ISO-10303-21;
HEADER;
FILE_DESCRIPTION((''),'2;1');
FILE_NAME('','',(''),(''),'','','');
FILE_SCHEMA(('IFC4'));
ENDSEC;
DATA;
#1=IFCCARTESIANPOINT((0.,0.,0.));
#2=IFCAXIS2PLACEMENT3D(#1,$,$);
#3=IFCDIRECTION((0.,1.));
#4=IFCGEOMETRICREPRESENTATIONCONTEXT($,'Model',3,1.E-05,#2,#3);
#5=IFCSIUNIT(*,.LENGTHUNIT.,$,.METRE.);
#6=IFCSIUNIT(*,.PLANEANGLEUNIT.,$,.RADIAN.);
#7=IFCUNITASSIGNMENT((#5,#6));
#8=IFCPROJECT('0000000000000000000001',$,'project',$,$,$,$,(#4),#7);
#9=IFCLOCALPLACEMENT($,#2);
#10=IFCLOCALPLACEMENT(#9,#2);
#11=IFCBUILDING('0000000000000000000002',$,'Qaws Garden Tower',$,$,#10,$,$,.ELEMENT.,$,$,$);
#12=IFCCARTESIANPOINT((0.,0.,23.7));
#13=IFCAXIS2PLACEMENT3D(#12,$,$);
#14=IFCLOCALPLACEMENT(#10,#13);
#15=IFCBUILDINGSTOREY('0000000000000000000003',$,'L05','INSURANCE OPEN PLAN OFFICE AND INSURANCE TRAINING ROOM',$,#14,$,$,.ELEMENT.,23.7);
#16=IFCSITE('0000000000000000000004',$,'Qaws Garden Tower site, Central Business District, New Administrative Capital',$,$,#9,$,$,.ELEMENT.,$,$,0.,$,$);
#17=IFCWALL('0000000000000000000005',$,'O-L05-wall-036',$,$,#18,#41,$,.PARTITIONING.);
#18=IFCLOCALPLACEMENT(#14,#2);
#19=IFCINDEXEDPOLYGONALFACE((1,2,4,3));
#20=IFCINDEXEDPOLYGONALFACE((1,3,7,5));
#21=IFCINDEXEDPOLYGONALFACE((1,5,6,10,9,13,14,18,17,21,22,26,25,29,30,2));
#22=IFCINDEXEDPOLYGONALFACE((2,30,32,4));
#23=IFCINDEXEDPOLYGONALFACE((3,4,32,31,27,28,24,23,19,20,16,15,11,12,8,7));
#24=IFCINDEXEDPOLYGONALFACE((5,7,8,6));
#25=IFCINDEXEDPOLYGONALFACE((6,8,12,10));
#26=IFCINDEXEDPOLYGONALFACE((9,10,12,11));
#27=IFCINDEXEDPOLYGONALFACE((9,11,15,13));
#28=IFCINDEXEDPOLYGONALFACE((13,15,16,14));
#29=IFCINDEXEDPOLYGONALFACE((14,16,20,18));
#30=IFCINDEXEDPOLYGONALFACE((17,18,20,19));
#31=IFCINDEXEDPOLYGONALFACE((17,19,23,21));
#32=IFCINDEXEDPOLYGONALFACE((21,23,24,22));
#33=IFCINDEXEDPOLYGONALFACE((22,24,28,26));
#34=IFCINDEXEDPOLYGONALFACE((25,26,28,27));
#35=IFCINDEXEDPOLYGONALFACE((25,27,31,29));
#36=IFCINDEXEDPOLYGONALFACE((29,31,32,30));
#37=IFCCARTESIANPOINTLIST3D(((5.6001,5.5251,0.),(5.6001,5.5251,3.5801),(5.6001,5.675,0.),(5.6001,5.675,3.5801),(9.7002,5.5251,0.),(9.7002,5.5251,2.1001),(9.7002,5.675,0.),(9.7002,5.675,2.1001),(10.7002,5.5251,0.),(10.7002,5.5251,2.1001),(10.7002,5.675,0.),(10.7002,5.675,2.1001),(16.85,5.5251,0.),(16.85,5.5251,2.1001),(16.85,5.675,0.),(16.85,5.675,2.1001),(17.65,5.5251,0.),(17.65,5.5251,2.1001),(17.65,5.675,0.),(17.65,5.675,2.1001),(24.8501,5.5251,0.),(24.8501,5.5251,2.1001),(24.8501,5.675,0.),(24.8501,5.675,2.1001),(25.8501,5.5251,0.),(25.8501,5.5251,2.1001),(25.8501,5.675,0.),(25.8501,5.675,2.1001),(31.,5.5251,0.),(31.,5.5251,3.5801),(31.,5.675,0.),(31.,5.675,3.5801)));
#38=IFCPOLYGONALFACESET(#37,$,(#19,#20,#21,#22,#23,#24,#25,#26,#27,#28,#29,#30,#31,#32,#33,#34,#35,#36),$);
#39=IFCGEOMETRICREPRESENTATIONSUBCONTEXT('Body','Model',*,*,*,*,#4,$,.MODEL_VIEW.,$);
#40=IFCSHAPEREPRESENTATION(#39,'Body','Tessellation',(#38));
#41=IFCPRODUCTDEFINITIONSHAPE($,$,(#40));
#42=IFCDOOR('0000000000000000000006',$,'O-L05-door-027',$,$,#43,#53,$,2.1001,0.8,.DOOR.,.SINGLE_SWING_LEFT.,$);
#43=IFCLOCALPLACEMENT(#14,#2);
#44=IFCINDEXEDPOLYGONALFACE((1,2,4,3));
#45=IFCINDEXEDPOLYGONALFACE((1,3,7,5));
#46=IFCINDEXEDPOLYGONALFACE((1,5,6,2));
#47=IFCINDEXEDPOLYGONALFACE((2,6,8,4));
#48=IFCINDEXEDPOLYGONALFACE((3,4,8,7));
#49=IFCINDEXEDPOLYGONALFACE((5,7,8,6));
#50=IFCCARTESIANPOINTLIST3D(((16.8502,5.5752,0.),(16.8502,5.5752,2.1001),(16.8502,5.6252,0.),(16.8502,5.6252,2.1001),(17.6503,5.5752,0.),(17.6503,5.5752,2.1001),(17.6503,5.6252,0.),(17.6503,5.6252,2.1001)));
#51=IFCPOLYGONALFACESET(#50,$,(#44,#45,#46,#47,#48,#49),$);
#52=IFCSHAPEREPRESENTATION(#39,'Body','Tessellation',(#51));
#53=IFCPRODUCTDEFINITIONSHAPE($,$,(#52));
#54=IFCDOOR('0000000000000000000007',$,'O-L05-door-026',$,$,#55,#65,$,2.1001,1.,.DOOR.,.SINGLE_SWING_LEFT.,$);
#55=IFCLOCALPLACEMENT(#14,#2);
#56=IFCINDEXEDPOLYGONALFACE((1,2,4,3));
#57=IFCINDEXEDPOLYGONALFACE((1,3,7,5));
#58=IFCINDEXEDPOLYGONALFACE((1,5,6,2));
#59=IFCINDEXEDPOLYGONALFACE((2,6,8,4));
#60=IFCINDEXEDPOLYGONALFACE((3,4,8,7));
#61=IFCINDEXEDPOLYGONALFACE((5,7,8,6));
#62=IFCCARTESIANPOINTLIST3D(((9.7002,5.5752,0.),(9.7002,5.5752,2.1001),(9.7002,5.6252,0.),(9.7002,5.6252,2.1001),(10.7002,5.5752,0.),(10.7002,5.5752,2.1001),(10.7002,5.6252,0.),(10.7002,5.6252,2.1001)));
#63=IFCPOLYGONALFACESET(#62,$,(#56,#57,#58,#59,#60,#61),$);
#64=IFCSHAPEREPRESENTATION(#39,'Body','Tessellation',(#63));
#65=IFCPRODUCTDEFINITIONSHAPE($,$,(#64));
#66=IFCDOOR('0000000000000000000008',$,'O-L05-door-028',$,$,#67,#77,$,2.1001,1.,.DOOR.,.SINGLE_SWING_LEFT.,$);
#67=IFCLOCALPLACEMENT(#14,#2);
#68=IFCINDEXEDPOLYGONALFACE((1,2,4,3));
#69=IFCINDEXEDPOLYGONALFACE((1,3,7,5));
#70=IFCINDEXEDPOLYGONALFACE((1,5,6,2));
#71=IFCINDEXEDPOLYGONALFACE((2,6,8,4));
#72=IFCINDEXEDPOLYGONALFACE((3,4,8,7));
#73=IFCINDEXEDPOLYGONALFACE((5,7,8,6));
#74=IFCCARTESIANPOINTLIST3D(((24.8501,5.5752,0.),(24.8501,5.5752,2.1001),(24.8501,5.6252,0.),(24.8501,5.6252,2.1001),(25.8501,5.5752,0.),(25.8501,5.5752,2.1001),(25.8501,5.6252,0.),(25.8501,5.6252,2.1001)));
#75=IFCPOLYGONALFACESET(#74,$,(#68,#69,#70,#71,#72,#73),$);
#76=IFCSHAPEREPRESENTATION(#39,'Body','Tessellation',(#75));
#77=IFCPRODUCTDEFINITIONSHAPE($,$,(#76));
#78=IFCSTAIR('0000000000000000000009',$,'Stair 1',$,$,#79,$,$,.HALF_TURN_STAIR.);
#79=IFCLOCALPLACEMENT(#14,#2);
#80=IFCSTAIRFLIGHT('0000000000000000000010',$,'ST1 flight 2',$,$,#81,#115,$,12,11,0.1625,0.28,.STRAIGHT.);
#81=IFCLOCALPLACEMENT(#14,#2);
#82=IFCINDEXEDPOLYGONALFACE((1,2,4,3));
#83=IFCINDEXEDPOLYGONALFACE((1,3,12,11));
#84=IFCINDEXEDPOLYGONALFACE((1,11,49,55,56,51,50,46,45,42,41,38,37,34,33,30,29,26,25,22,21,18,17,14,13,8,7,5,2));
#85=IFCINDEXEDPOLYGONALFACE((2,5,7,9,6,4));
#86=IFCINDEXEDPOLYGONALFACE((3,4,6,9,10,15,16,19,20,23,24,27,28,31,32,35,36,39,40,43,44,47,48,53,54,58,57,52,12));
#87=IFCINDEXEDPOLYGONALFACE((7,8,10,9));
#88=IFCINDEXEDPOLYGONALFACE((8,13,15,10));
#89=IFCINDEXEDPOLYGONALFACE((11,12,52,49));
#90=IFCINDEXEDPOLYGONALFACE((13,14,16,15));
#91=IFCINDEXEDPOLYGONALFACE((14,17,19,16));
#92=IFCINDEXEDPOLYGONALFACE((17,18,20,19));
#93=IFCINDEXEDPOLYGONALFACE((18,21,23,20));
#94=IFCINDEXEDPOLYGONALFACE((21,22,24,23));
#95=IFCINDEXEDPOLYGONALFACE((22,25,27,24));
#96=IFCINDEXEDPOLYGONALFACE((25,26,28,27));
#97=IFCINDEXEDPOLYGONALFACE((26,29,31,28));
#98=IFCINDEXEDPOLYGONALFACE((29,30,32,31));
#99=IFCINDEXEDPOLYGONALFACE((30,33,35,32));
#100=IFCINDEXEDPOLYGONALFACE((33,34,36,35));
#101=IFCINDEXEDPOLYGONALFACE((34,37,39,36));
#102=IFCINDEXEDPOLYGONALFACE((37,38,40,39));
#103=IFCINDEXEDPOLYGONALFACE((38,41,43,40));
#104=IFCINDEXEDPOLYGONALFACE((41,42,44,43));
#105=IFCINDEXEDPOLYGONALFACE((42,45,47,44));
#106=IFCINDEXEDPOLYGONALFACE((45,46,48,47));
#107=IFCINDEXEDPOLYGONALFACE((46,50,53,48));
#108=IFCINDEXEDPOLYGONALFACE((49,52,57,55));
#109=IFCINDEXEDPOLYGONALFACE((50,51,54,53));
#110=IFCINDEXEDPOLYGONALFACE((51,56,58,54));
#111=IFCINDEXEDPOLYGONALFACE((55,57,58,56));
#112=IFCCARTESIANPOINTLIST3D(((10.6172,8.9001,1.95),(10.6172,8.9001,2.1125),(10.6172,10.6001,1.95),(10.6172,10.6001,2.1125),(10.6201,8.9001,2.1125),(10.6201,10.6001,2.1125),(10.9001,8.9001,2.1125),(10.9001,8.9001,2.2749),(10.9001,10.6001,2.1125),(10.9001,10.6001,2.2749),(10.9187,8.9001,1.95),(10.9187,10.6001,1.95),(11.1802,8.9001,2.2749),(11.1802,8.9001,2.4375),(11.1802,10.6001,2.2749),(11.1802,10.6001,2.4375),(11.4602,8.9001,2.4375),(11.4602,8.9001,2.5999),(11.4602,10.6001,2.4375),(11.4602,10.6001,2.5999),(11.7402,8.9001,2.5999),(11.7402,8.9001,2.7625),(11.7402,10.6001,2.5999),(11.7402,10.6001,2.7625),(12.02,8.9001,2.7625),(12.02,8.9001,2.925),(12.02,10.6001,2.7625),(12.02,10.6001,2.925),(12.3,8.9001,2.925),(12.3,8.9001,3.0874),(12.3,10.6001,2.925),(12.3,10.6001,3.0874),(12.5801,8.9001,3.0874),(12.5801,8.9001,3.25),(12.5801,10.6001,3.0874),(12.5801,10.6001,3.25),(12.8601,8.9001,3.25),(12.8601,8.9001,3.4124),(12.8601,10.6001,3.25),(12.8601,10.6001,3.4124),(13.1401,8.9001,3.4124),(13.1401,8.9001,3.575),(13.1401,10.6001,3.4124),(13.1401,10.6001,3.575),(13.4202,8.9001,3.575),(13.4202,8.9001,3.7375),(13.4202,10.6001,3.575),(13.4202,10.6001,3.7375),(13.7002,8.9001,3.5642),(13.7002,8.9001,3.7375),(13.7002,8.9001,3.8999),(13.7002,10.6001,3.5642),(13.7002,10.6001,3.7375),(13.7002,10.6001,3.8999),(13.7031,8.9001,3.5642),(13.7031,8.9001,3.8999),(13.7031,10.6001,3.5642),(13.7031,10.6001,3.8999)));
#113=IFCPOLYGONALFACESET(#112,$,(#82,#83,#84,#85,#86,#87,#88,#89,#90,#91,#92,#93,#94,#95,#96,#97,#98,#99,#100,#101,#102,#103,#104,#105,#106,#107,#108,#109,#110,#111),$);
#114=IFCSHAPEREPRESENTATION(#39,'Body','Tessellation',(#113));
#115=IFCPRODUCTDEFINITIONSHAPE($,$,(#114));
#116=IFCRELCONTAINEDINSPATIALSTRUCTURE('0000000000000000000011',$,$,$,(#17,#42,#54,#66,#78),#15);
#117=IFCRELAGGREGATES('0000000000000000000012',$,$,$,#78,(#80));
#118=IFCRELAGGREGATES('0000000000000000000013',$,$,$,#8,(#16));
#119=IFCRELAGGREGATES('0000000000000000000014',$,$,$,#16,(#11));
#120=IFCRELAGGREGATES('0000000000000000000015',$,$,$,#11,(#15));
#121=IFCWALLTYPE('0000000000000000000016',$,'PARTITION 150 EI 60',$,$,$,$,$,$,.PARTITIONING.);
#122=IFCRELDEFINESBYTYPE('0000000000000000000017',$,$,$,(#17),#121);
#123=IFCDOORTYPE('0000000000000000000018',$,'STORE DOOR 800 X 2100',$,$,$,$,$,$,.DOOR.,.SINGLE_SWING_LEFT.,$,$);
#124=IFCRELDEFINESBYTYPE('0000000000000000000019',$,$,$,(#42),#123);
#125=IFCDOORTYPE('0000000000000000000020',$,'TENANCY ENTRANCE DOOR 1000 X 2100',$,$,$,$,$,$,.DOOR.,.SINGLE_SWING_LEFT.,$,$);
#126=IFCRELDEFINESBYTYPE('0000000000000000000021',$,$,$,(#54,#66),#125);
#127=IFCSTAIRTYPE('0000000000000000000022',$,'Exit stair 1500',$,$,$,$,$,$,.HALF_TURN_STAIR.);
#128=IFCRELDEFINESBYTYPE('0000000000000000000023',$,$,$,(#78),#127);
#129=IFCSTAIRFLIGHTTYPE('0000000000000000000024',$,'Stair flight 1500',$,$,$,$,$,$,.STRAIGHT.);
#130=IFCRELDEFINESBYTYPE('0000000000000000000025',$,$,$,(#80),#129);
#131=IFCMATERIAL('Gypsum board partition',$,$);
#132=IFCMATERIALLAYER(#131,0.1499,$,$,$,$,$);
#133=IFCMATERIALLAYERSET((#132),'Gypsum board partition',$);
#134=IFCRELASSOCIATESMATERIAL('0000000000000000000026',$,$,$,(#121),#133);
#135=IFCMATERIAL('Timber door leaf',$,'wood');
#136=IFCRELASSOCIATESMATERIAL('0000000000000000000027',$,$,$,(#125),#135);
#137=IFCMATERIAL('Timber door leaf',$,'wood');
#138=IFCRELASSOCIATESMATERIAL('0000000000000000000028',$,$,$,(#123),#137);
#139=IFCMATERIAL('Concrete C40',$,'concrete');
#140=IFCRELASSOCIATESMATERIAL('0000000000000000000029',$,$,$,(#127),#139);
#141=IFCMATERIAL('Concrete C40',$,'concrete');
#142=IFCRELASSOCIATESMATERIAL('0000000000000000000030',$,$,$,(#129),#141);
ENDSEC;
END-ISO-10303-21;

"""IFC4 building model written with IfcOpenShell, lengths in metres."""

from ifc_helpers import new_model, si_unit, direction, frame, frame_2d, origin, place, context, subcontext, project, spatial, polyline, rectangle, outline, extrude, material, layer, layer_set, type_object, element, fill, aggregate, save


model = new_model("IFC4")

# Units and contexts
model_context = context("Model", 3, precision=1e-05, world=origin(), true_north=direction((0.0, 1.0)))
body_context = subcontext(model_context, "Body", "Model", "MODEL_VIEW")
ifc_project = project(units=[si_unit("LENGTHUNIT", "METRE"), si_unit("PLANEANGLEUNIT", "RADIAN")], contexts=[model_context])

# Site, building, storey
site_placement = place(None, origin())
site = spatial("IfcSite", under=ifc_project, at=site_placement, Name="Qaws Garden Tower site, Central Business District, New Administrative Capital", CompositionType="ELEMENT", RefElevation=0.0)
building_placement = place(site_placement, origin())
building = spatial("IfcBuilding", under=site, at=building_placement, Name="Qaws Garden Tower", CompositionType="ELEMENT")
storey_placement = place(building_placement, frame((0.0, 0.0, 23.7)))
storey = spatial("IfcBuildingStorey", under=building, at=storey_placement, Name="L05", Description="INSURANCE OPEN PLAN OFFICE AND INSURANCE TRAINING ROOM", CompositionType="ELEMENT", Elevation=23.7)

# Wall, openings, doors
ifc_material_1 = material(Name="Gypsum board partition")
ifc_layer_1 = layer(ifc_material_1, 0.1499)
ifc_layer_set_1 = layer_set([ifc_layer_1], Name="Gypsum board partition")
wall_type_1 = type_object("IfcWallType", Name="PARTITION 150 EI 60", PredefinedType="PARTITIONING", material=ifc_layer_set_1)
ifc_material_2 = material(Name="Timber door leaf", Category="wood")
door_type_1 = type_object("IfcDoorType", Name="TENANCY ENTRANCE DOOR 1000 X 2100", OperationType="SINGLE_SWING_LEFT", PredefinedType="DOOR", material=ifc_material_2)
wall_1_placement = place(storey_placement, frame((5.6001, 5.6001, 0.0), z_axis=(0.0, 0.0, 1.0), x_axis=(1.0, 0.0, 0.0)))
wall_1 = element("IfcWall", 1, at=wall_1_placement, inside=storey, type_object=wall_type_1, Name="O-L05-wall-036", PredefinedType="PARTITIONING", context=body_context, shape_type="SweptSolid", body=[
    extrude(rectangle(XDim=25.3999, YDim=0.1499, at=frame_2d((12.7, 0.0))), origin(), (0.0, 0.0, 1.0), 3.5801),
])
opening_1_placement = place(wall_1_placement, frame((4.1001, 0.0, 0.0)))
opening_1 = element("IfcOpeningElement", 2, at=opening_1_placement, cuts=wall_1, PredefinedType="OPENING", context=body_context, shape_type="SweptSolid", body=[
    extrude(rectangle(XDim=1.0, YDim=2.1001, at=frame_2d((0.5, 1.05))), frame((0.0, 0.085, 0.0), z_axis=(0.0, -1.0, 0.0), x_axis=(1.0, 0.0, 0.0)), (0.0, 0.0, 1.0), 0.1699),
])
opening_2_placement = place(wall_1_placement, frame((11.25, 0.0, 0.0)))
opening_2 = element("IfcOpeningElement", 3, at=opening_2_placement, cuts=wall_1, PredefinedType="OPENING", context=body_context, shape_type="SweptSolid", body=[
    extrude(rectangle(XDim=0.8, YDim=2.1001, at=frame_2d((0.3999, 1.05))), frame((0.0, 0.085, 0.0), z_axis=(0.0, -1.0, 0.0), x_axis=(1.0, 0.0, 0.0)), (0.0, 0.0, 1.0), 0.1699),
])
opening_3_placement = place(wall_1_placement, frame((19.25, 0.0, 0.0)))
opening_3 = element("IfcOpeningElement", 4, at=opening_3_placement, cuts=wall_1, PredefinedType="OPENING", context=body_context, shape_type="SweptSolid", body=[
    extrude(rectangle(XDim=1.0, YDim=2.1001, at=frame_2d((0.5, 1.05))), frame((0.0, 0.085, 0.0), z_axis=(0.0, -1.0, 0.0), x_axis=(1.0, 0.0, 0.0)), (0.0, 0.0, 1.0), 0.1699),
])
ifc_material_3 = material(Name="Timber door leaf", Category="wood")
door_type_2 = type_object("IfcDoorType", Name="STORE DOOR 800 X 2100", OperationType="SINGLE_SWING_LEFT", PredefinedType="DOOR", material=ifc_material_3)
door_1_placement = place(opening_2_placement, frame((0.8, 0.0, 0.0), z_axis=(0.0, 0.0, 1.0), x_axis=(-1.0, 0.0, 0.0)))
door_1 = element("IfcDoor", 5, at=door_1_placement, inside=storey, type_object=door_type_2, Name="O-L05-door-027", OperationType="SINGLE_SWING_LEFT", OverallHeight=2.1001, OverallWidth=0.8, PredefinedType="DOOR", context=body_context, shape_type="SweptSolid", body=[
    extrude(rectangle(XDim=0.8, YDim=2.1001, at=frame_2d((0.3999, 1.05))), frame((0.0, 0.0249, 0.0), z_axis=(0.0, -1.0, 0.0), x_axis=(1.0, 0.0, 0.0)), (0.0, 0.0, 1.0), 0.05),
])
fill(opening_2, door_1)
door_2_placement = place(opening_1_placement, frame((1.0, 0.0, 0.0), z_axis=(0.0, 0.0, 1.0), x_axis=(-1.0, 0.0, 0.0)))
door_2 = element("IfcDoor", 6, at=door_2_placement, inside=storey, type_object=door_type_1, Name="O-L05-door-026", OperationType="SINGLE_SWING_LEFT", OverallHeight=2.1001, OverallWidth=1.0, PredefinedType="DOOR", context=body_context, shape_type="SweptSolid", body=[
    extrude(rectangle(XDim=1.0, YDim=2.1001, at=frame_2d((0.5, 1.05))), frame((0.0, 0.0249, 0.0), z_axis=(0.0, -1.0, 0.0), x_axis=(1.0, 0.0, 0.0)), (0.0, 0.0, 1.0), 0.05),
])
fill(opening_1, door_2)
door_3_placement = place(opening_3_placement, frame((1.0, 0.0, 0.0), z_axis=(0.0, 0.0, 1.0), x_axis=(-1.0, 0.0, 0.0)))
door_3 = element("IfcDoor", 7, at=door_3_placement, inside=storey, type_object=door_type_1, Name="O-L05-door-028", OperationType="SINGLE_SWING_LEFT", OverallHeight=2.1001, OverallWidth=1.0, PredefinedType="DOOR", context=body_context, shape_type="SweptSolid", body=[
    extrude(rectangle(XDim=1.0, YDim=2.1001, at=frame_2d((0.5, 1.05))), frame((0.0, 0.0249, 0.0), z_axis=(0.0, -1.0, 0.0), x_axis=(1.0, 0.0, 0.0)), (0.0, 0.0, 1.0), 0.05),
])
fill(opening_3, door_3)

# Stair, stair flight
ifc_material_4 = material(Name="Concrete C40", Category="concrete")
stair_type = type_object("IfcStairType", Name="Exit stair 1500", PredefinedType="HALF_TURN_STAIR", material=ifc_material_4)
stair_placement = place(storey_placement, origin())
stair = element("IfcStair", 8, at=stair_placement, inside=storey, type_object=stair_type, Name="Stair 1", PredefinedType="HALF_TURN_STAIR")
ifc_material_5 = material(Name="Concrete C40", Category="concrete")
stair_flight_type = type_object("IfcStairFlightType", Name="Stair flight 1500", PredefinedType="STRAIGHT", material=ifc_material_5)
stair_flight_placement = place(storey_placement, frame((10.6201, 9.75, 1.95), z_axis=(0.0, 0.0, 1.0), x_axis=(1.0, 0.0, 0.0)))
stair_flight = element("IfcStairFlight", 9, at=stair_flight_placement, type_object=stair_flight_type, Name="ST1 flight 2", NumberOfRisers=12, NumberOfTreads=11, PredefinedType="STRAIGHT", RiserHeight=0.1625, TreadLength=0.28, context=body_context, shape_type="SweptSolid", body=[
    extrude(outline(polyline([(-0.0029, 0.0), (-0.0029, 0.1626), (0.0, 0.1626), (0.28, 0.1626), (0.28, 0.325), (0.5601, 0.325), (0.5601, 0.4875), (0.8401, 0.4875), (0.8401, 0.6499), (1.1201, 0.6499), (1.1201, 0.8125), (1.3999, 0.8125), (1.3999, 0.9751), (1.6799, 0.9751), (1.6799, 1.1375), (1.96, 1.1375), (1.96, 1.3), (2.24, 1.3), (2.24, 1.4624), (2.52, 1.4624), (2.52, 1.625), (2.8, 1.625), (2.8, 1.7876), (3.0801, 1.7876), (3.0801, 1.95), (3.083, 1.95), (3.083, 1.6143), (3.0801, 1.6143), (0.2986, 0.0), (-0.0029, 0.0)])), frame((0.0, 0.8501, 0.0), z_axis=(0.0, -1.0, 0.0), x_axis=(1.0, 0.0, 0.0)), (0.0, 0.0, 1.0), 1.7),
])
aggregate(stair, [stair_flight])

save(model, "model.ifc")
